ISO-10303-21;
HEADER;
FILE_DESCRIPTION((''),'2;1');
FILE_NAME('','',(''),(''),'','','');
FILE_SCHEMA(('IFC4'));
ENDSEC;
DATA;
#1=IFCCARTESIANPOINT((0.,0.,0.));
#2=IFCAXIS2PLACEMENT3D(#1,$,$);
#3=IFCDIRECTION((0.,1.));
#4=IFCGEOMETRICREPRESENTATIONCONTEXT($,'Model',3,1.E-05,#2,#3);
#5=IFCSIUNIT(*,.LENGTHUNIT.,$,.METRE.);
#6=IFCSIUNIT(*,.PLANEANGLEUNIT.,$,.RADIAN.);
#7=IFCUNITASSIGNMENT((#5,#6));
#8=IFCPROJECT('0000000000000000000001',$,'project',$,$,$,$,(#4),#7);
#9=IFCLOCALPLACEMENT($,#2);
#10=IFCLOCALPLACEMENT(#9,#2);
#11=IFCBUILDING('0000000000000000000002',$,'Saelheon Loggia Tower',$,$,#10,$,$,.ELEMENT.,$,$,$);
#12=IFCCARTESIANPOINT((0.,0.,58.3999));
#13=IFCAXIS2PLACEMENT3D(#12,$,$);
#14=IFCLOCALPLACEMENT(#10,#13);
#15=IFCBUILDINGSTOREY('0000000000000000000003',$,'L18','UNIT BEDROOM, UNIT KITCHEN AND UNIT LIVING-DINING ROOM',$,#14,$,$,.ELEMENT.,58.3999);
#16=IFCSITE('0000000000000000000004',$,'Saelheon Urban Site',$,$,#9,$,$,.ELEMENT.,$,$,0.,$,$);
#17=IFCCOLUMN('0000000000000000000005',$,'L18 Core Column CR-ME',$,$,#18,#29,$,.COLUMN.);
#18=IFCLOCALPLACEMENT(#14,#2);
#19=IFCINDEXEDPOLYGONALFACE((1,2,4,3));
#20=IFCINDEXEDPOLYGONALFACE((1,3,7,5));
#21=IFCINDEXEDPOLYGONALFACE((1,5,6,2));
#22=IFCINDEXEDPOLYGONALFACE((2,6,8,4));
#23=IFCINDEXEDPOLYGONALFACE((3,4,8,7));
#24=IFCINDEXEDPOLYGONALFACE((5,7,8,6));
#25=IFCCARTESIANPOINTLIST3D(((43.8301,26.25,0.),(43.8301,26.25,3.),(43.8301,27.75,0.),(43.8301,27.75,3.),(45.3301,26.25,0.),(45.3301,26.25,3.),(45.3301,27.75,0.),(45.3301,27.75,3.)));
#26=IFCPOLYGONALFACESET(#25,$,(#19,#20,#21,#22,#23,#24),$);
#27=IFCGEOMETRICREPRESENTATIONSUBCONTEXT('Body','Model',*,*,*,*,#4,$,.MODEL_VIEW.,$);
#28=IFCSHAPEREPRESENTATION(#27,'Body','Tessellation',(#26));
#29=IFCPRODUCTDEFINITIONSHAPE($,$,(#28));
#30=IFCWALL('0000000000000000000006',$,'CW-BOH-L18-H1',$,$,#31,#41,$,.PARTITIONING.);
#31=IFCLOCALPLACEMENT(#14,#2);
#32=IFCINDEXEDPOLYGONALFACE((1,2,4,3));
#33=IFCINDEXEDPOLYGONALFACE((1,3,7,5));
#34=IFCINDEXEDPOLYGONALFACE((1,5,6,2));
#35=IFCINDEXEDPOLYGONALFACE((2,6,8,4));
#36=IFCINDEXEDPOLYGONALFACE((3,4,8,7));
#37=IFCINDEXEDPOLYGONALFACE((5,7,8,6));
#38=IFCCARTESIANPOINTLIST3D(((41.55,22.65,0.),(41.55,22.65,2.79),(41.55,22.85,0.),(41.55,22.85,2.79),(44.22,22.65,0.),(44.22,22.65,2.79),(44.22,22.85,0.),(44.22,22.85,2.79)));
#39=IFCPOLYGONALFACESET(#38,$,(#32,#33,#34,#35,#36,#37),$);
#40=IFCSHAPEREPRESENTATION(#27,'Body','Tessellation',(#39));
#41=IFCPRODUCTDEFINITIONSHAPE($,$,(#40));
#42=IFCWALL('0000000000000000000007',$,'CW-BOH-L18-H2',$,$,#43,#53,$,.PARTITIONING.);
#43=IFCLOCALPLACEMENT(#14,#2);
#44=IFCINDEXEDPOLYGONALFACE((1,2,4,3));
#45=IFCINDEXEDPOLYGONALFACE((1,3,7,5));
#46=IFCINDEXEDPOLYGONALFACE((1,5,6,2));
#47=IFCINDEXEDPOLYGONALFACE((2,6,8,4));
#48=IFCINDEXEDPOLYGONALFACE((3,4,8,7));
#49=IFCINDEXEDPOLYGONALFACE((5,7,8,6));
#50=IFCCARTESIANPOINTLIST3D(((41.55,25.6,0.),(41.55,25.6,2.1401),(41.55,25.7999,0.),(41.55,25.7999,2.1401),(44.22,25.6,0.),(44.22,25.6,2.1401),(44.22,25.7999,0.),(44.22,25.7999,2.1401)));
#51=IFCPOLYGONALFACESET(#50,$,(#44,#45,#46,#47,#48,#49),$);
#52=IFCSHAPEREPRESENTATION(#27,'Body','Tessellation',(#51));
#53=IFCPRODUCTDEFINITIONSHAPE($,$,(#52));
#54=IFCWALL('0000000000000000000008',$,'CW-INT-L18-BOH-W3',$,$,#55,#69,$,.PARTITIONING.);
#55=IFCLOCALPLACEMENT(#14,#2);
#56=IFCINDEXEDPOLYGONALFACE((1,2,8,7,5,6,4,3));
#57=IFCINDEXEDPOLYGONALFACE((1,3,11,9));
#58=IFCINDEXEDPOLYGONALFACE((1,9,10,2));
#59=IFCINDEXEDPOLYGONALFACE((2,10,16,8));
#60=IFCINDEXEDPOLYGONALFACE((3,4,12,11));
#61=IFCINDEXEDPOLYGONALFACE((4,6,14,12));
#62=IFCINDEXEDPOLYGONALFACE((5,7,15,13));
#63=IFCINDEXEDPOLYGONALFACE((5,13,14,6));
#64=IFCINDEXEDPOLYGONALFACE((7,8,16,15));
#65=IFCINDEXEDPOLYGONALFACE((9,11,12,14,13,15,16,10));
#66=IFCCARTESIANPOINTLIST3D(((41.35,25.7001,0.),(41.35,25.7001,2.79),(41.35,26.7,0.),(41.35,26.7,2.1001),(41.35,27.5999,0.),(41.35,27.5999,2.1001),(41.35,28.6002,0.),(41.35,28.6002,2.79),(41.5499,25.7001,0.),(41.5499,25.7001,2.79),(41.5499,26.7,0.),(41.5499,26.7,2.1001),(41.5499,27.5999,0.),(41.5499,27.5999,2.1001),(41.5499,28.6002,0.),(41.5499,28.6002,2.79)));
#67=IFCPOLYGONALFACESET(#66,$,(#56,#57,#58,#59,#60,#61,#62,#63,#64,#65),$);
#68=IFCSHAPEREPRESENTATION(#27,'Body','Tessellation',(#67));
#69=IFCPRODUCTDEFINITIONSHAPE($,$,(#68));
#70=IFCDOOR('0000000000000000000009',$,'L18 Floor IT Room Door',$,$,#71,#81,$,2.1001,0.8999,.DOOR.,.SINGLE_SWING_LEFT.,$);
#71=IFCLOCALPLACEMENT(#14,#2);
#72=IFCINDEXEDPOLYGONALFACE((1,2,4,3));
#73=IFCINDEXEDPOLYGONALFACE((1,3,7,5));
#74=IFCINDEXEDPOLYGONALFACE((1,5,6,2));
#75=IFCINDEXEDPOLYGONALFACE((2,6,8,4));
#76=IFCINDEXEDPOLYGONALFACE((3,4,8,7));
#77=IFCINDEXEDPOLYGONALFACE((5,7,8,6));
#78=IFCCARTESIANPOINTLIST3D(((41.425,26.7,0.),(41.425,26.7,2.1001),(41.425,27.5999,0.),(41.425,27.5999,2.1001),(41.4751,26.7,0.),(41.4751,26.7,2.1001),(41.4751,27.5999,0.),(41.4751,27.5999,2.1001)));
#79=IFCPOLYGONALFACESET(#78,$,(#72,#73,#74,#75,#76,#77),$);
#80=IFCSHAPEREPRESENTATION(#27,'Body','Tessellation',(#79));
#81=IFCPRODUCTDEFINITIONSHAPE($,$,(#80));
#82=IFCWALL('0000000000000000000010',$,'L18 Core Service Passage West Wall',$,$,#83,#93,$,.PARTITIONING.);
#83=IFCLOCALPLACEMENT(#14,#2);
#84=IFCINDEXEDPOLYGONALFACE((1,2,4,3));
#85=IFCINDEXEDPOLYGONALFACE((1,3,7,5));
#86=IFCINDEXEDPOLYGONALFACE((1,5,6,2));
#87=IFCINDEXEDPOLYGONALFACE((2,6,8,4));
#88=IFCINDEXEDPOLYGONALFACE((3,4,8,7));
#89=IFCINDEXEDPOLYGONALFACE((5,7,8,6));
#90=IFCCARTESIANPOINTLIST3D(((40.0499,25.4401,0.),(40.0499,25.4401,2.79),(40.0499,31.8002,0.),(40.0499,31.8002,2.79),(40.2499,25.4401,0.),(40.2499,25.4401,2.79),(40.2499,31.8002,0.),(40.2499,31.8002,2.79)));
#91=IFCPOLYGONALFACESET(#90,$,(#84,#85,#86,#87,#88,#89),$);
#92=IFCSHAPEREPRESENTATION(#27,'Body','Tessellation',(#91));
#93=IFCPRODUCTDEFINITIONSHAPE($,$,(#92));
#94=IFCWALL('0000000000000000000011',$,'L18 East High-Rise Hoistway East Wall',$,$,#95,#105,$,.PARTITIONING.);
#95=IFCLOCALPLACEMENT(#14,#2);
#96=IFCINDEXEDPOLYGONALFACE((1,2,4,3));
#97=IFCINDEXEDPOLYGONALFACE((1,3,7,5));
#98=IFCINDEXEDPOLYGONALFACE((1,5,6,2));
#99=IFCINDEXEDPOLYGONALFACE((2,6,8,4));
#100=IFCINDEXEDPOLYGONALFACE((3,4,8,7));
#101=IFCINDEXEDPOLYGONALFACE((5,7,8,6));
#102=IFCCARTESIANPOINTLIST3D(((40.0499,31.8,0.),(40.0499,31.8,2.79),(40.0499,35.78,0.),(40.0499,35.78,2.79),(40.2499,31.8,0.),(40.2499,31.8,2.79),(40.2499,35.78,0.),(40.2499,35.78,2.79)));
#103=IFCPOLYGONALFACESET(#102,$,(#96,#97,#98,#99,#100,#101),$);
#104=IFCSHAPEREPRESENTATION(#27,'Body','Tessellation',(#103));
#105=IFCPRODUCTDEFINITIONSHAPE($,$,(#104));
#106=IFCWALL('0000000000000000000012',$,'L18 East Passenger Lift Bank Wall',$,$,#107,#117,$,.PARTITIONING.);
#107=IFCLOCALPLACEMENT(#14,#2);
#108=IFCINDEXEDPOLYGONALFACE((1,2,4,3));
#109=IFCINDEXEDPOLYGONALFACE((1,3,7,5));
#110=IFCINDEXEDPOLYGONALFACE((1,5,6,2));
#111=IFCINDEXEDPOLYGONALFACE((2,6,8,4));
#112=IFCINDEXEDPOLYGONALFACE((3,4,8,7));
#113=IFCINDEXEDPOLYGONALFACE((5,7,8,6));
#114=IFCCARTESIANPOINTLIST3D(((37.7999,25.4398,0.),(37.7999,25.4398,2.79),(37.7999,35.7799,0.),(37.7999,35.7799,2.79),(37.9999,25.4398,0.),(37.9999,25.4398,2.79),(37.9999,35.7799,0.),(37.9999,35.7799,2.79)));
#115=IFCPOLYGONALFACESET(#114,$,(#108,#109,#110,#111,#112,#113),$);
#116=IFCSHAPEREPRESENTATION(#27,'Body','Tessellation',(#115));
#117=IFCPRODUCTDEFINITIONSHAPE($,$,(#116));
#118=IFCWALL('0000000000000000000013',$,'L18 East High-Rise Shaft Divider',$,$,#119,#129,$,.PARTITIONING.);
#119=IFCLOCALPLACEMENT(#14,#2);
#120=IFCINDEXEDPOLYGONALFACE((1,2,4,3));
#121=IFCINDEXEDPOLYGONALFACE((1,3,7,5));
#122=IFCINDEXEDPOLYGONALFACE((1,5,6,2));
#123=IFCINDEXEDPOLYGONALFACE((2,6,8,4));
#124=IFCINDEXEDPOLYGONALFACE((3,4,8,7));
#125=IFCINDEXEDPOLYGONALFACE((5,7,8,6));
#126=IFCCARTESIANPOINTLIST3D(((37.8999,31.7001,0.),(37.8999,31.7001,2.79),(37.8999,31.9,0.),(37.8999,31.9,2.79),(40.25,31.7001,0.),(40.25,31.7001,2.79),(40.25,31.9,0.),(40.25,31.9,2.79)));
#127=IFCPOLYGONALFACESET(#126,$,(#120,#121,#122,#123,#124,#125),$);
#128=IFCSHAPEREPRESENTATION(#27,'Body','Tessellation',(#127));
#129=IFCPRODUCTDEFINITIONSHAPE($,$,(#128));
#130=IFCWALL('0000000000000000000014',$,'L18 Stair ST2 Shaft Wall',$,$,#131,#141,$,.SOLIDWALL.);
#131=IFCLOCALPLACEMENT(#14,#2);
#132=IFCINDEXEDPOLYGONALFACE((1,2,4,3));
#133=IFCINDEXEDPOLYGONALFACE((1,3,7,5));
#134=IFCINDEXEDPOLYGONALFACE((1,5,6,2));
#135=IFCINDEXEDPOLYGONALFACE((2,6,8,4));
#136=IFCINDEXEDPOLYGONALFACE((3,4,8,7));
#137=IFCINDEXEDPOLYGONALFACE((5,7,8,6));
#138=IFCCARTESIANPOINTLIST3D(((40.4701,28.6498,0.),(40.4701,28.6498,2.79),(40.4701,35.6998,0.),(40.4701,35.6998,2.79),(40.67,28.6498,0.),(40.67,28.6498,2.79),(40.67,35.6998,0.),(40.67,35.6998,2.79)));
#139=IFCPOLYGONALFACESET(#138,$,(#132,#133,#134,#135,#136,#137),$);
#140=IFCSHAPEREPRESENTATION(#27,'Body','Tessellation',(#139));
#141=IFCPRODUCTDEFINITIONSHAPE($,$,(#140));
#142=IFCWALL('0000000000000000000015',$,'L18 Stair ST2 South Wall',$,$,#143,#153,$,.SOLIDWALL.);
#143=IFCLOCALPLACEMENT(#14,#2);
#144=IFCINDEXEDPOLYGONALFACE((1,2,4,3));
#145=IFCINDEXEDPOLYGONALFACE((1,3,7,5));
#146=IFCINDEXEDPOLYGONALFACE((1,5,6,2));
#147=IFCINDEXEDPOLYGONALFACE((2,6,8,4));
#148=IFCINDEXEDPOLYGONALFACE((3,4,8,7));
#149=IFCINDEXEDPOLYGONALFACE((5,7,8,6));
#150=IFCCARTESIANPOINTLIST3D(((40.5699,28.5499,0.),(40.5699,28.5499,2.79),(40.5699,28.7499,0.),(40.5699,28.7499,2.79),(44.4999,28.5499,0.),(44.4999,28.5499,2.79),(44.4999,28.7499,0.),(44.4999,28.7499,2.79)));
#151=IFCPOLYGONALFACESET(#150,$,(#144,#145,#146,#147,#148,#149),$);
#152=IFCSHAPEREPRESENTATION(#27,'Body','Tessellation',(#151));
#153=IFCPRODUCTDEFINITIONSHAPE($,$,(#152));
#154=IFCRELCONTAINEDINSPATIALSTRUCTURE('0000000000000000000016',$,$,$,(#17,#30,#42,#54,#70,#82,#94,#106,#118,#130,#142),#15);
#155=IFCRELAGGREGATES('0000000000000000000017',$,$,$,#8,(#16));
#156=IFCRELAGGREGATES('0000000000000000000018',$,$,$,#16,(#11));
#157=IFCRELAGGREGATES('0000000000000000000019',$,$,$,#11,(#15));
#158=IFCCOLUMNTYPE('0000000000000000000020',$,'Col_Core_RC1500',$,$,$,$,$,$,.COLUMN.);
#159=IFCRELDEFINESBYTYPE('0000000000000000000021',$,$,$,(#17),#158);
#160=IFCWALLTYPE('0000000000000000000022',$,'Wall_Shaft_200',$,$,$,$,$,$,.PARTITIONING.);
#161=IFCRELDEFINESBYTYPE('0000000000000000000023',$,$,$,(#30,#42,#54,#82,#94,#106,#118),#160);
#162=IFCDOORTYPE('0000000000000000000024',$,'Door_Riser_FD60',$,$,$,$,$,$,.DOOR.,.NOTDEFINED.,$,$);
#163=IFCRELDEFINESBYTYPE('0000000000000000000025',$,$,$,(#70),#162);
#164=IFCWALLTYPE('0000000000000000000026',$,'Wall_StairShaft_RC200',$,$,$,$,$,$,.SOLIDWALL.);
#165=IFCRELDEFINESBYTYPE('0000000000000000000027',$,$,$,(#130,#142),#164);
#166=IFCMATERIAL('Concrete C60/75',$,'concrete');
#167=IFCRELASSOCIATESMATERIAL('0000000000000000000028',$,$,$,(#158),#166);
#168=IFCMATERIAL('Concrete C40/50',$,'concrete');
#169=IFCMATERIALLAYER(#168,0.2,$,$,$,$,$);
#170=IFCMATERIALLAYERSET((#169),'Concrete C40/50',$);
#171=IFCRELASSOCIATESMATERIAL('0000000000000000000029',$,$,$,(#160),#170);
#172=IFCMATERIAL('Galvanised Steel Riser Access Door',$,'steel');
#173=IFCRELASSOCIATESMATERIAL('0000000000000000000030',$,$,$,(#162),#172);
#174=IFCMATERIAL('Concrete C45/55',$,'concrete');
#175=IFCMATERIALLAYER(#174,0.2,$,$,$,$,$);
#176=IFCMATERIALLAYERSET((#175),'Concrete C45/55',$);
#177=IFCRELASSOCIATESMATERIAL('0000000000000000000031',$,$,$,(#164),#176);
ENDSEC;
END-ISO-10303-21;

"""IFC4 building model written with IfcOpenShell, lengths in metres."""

from ifc_helpers import new_model, si_unit, direction, frame, frame_2d, origin, origin_2d, place, context, subcontext, project, spatial, rectangle, extrude, source, transform, mapped, material, layer, layer_set, material_profile, profile_set, type_object, element, fill, save


model = new_model("IFC4")

# Units and contexts
model_context = context("Model", 3, precision=1e-05, world=origin(), true_north=direction((0.0, 1.0)))
body_context = subcontext(model_context, "Body", "Model", "MODEL_VIEW")
ifc_project = project(units=[si_unit("LENGTHUNIT", "METRE"), si_unit("PLANEANGLEUNIT", "RADIAN")], contexts=[model_context])

# Site, building, storey
site_placement = place(None, origin())
site = spatial("IfcSite", under=ifc_project, at=site_placement, Name="Saelheon Urban Site", CompositionType="ELEMENT", RefElevation=0.0)
building_placement = place(site_placement, origin())
building = spatial("IfcBuilding", under=site, at=building_placement, Name="Saelheon Loggia Tower", CompositionType="ELEMENT")
storey_placement = place(building_placement, frame((0.0, 0.0, 58.3999)))
storey = spatial("IfcBuildingStorey", under=building, at=storey_placement, Name="L18", Description="UNIT BEDROOM, UNIT KITCHEN AND UNIT LIVING-DINING ROOM", CompositionType="ELEMENT", Elevation=58.3999)

# Column
ifc_material_1 = material(Name="Concrete C60/75", Category="concrete")
ifc_material_profile = material_profile(ifc_material_1, rectangle(XDim=1.5, YDim=1.5, at=origin_2d()), Name="RC-1500x1500")
ifc_profile_set = profile_set([ifc_material_profile], Name="Concrete C60/75")
column_type = type_object("IfcColumnType", Name="Col_Core_RC1500", PredefinedType="COLUMN", material=ifc_profile_set)
shared_shape_1 = source(origin(), body_context, "Body", "SweptSolid", [
    extrude(rectangle(XDim=1.5, YDim=1.5, at=origin_2d()), origin(), (0.0, 0.0, 1.0), 3.0),
])
column_placement = place(storey_placement, frame((44.5801, 27.0, 0.0), z_axis=(0.0, 0.0, 1.0), x_axis=(1.0, 0.0, 0.0)))
element("IfcColumn", 1, at=column_placement, inside=storey, type_object=column_type, Name="L18 Core Column CR-ME", PredefinedType="COLUMN", context=body_context, shape_type="MappedRepresentation", body=[
    mapped(shared_shape_1, transform((0.0, 0.0, 0.0), scale=1.0)),
])

# Walls
ifc_material_2 = material(Name="Concrete C40/50", Category="concrete")
ifc_layer_1 = layer(ifc_material_2, 0.2)
ifc_layer_set_1 = layer_set([ifc_layer_1], Name="Concrete C40/50")
wall_type_1 = type_object("IfcWallType", Name="Wall_Shaft_200", PredefinedType="PARTITIONING", material=ifc_layer_set_1)
wall_1_placement = place(storey_placement, frame((41.55, 22.75, 0.0), z_axis=(0.0, 0.0, 1.0), x_axis=(1.0, 0.0, 0.0)))
element("IfcWall", 2, at=wall_1_placement, inside=storey, type_object=wall_type_1, Name="CW-BOH-L18-H1", PredefinedType="PARTITIONING", context=body_context, shape_type="SweptSolid", body=[
    extrude(rectangle(XDim=2.6699, YDim=0.2, at=frame_2d((1.335, 0.0))), origin(), (0.0, 0.0, 1.0), 2.79),
])
wall_2_placement = place(storey_placement, frame((41.55, 25.7, 0.0), z_axis=(0.0, 0.0, 1.0), x_axis=(1.0, 0.0, 0.0)))
element("IfcWall", 3, at=wall_2_placement, inside=storey, type_object=wall_type_1, Name="CW-BOH-L18-H2", PredefinedType="PARTITIONING", context=body_context, shape_type="SweptSolid", body=[
    extrude(rectangle(XDim=2.6699, YDim=0.2, at=frame_2d((1.335, 0.0))), origin(), (0.0, 0.0, 1.0), 2.1401),
])

# Wall, opening, door
wall_3_placement = place(storey_placement, frame((41.45, 25.7, 0.0), z_axis=(0.0, 0.0, 1.0), x_axis=(0.0, 1.0, 0.0)))
wall_3 = element("IfcWall", 4, at=wall_3_placement, inside=storey, type_object=wall_type_1, Name="CW-INT-L18-BOH-W3", PredefinedType="PARTITIONING", context=body_context, shape_type="SweptSolid", body=[
    extrude(rectangle(XDim=2.9001, YDim=0.2, at=frame_2d((1.4502, 0.0))), origin(), (0.0, 0.0, 1.0), 2.79),
])
opening_1_placement = place(wall_3_placement, frame((1.0, 0.0, 0.0)))
opening_1 = element("IfcOpeningElement", 5, at=opening_1_placement, cuts=wall_3, PredefinedType="OPENING", context=body_context, shape_type="SweptSolid", body=[
    extrude(rectangle(XDim=0.8999, YDim=2.1001, at=frame_2d((0.45, 1.05))), frame((0.0, 0.1121, 0.0), z_axis=(0.0, -1.0, 0.0), x_axis=(1.0, 0.0, 0.0)), (0.0, 0.0, 1.0), 0.2239),
])
ifc_material_3 = material(Name="Galvanised Steel Riser Access Door", Category="steel")
door_type_1 = type_object("IfcDoorType", Name="Door_Riser_FD60", OperationType="NOTDEFINED", PredefinedType="DOOR", material=ifc_material_3)
shared_shape_2 = source(origin(), body_context, "Body", "SweptSolid", [
    extrude(rectangle(XDim=0.8999, YDim=2.1001, at=frame_2d((0.45, 1.05))), frame((0.0, 0.0249, 0.0), z_axis=(0.0, -1.0, 0.0), x_axis=(1.0, 0.0, 0.0)), (0.0, 0.0, 1.0), 0.05),
])
door_1_placement = place(opening_1_placement, origin())
door_1 = element("IfcDoor", 6, at=door_1_placement, inside=storey, type_object=door_type_1, Name="L18 Floor IT Room Door", OperationType="SINGLE_SWING_LEFT", OverallHeight=2.1001, OverallWidth=0.8999, PredefinedType="DOOR", context=body_context, shape_type="MappedRepresentation", body=[
    mapped(shared_shape_2, transform((0.0, 0.0, 0.0), scale=1.0)),
])
fill(opening_1, door_1)

# Walls
wall_4_placement = place(storey_placement, frame((40.1499, 25.4399, 0.0), z_axis=(0.0, 0.0, 1.0), x_axis=(0.0, 1.0, 0.0)))
element("IfcWall", 7, at=wall_4_placement, inside=storey, type_object=wall_type_1, Name="L18 Core Service Passage West Wall", PredefinedType="PARTITIONING", context=body_context, shape_type="SweptSolid", body=[
    extrude(rectangle(XDim=6.3601, YDim=0.2, at=frame_2d((3.1802, 0.0))), origin(), (0.0, 0.0, 1.0), 2.79),
])
wall_5_placement = place(storey_placement, frame((40.1499, 31.8, 0.0), z_axis=(0.0, 0.0, 1.0), x_axis=(0.0, 1.0, 0.0)))
element("IfcWall", 8, at=wall_5_placement, inside=storey, type_object=wall_type_1, Name="L18 East High-Rise Hoistway East Wall", PredefinedType="PARTITIONING", context=body_context, shape_type="SweptSolid", body=[
    extrude(rectangle(XDim=3.98, YDim=0.2, at=frame_2d((1.99, 0.0))), origin(), (0.0, 0.0, 1.0), 2.79),
])

# Walls
wall_6_placement = place(storey_placement, frame((37.8999, 25.4399, 0.0), z_axis=(0.0, 0.0, 1.0), x_axis=(0.0, 1.0, 0.0)))
element("IfcWall", 9, at=wall_6_placement, inside=storey, type_object=wall_type_1, Name="L18 East Passenger Lift Bank Wall", PredefinedType="PARTITIONING", context=body_context, shape_type="SweptSolid", body=[
    extrude(rectangle(XDim=10.3401, YDim=0.2, at=frame_2d((5.1699, 0.0))), origin(), (0.0, 0.0, 1.0), 2.79),
])
wall_7_placement = place(storey_placement, frame((37.8999, 31.8, 0.0), z_axis=(0.0, 0.0, 1.0), x_axis=(1.0, 0.0, 0.0)))
element("IfcWall", 10, at=wall_7_placement, inside=storey, type_object=wall_type_1, Name="L18 East High-Rise Shaft Divider", PredefinedType="PARTITIONING", context=body_context, shape_type="SweptSolid", body=[
    extrude(rectangle(XDim=2.3501, YDim=0.2, at=frame_2d((1.175, 0.0))), origin(), (0.0, 0.0, 1.0), 2.79),
])
ifc_material_4 = material(Name="Concrete C45/55", Category="concrete")
ifc_layer_2 = layer(ifc_material_4, 0.2)
ifc_layer_set_2 = layer_set([ifc_layer_2], Name="Concrete C45/55")
wall_type_2 = type_object("IfcWallType", Name="Wall_StairShaft_RC200", PredefinedType="SOLIDWALL", material=ifc_layer_set_2)
wall_8_placement = place(storey_placement, frame((40.5701, 28.6499, 0.0), z_axis=(0.0, 0.0, 1.0), x_axis=(0.0, 1.0, 0.0)))
element("IfcWall", 11, at=wall_8_placement, inside=storey, type_object=wall_type_2, Name="L18 Stair ST2 Shaft Wall", PredefinedType="SOLIDWALL", context=body_context, shape_type="SweptSolid", body=[
    extrude(rectangle(XDim=7.05, YDim=0.2, at=frame_2d((3.5249, 0.0))), origin(), (0.0, 0.0, 1.0), 2.79),
])
wall_9_placement = place(storey_placement, frame((40.5701, 28.6499, 0.0), z_axis=(0.0, 0.0, 1.0), x_axis=(1.0, 0.0, 0.0)))
element("IfcWall", 12, at=wall_9_placement, inside=storey, type_object=wall_type_2, Name="L18 Stair ST2 South Wall", PredefinedType="SOLIDWALL", context=body_context, shape_type="SweptSolid", body=[
    extrude(rectangle(XDim=3.9299, YDim=0.2, at=frame_2d((1.9648, 0.0))), origin(), (0.0, 0.0, 1.0), 2.79),
])

save(model, "model.ifc")
